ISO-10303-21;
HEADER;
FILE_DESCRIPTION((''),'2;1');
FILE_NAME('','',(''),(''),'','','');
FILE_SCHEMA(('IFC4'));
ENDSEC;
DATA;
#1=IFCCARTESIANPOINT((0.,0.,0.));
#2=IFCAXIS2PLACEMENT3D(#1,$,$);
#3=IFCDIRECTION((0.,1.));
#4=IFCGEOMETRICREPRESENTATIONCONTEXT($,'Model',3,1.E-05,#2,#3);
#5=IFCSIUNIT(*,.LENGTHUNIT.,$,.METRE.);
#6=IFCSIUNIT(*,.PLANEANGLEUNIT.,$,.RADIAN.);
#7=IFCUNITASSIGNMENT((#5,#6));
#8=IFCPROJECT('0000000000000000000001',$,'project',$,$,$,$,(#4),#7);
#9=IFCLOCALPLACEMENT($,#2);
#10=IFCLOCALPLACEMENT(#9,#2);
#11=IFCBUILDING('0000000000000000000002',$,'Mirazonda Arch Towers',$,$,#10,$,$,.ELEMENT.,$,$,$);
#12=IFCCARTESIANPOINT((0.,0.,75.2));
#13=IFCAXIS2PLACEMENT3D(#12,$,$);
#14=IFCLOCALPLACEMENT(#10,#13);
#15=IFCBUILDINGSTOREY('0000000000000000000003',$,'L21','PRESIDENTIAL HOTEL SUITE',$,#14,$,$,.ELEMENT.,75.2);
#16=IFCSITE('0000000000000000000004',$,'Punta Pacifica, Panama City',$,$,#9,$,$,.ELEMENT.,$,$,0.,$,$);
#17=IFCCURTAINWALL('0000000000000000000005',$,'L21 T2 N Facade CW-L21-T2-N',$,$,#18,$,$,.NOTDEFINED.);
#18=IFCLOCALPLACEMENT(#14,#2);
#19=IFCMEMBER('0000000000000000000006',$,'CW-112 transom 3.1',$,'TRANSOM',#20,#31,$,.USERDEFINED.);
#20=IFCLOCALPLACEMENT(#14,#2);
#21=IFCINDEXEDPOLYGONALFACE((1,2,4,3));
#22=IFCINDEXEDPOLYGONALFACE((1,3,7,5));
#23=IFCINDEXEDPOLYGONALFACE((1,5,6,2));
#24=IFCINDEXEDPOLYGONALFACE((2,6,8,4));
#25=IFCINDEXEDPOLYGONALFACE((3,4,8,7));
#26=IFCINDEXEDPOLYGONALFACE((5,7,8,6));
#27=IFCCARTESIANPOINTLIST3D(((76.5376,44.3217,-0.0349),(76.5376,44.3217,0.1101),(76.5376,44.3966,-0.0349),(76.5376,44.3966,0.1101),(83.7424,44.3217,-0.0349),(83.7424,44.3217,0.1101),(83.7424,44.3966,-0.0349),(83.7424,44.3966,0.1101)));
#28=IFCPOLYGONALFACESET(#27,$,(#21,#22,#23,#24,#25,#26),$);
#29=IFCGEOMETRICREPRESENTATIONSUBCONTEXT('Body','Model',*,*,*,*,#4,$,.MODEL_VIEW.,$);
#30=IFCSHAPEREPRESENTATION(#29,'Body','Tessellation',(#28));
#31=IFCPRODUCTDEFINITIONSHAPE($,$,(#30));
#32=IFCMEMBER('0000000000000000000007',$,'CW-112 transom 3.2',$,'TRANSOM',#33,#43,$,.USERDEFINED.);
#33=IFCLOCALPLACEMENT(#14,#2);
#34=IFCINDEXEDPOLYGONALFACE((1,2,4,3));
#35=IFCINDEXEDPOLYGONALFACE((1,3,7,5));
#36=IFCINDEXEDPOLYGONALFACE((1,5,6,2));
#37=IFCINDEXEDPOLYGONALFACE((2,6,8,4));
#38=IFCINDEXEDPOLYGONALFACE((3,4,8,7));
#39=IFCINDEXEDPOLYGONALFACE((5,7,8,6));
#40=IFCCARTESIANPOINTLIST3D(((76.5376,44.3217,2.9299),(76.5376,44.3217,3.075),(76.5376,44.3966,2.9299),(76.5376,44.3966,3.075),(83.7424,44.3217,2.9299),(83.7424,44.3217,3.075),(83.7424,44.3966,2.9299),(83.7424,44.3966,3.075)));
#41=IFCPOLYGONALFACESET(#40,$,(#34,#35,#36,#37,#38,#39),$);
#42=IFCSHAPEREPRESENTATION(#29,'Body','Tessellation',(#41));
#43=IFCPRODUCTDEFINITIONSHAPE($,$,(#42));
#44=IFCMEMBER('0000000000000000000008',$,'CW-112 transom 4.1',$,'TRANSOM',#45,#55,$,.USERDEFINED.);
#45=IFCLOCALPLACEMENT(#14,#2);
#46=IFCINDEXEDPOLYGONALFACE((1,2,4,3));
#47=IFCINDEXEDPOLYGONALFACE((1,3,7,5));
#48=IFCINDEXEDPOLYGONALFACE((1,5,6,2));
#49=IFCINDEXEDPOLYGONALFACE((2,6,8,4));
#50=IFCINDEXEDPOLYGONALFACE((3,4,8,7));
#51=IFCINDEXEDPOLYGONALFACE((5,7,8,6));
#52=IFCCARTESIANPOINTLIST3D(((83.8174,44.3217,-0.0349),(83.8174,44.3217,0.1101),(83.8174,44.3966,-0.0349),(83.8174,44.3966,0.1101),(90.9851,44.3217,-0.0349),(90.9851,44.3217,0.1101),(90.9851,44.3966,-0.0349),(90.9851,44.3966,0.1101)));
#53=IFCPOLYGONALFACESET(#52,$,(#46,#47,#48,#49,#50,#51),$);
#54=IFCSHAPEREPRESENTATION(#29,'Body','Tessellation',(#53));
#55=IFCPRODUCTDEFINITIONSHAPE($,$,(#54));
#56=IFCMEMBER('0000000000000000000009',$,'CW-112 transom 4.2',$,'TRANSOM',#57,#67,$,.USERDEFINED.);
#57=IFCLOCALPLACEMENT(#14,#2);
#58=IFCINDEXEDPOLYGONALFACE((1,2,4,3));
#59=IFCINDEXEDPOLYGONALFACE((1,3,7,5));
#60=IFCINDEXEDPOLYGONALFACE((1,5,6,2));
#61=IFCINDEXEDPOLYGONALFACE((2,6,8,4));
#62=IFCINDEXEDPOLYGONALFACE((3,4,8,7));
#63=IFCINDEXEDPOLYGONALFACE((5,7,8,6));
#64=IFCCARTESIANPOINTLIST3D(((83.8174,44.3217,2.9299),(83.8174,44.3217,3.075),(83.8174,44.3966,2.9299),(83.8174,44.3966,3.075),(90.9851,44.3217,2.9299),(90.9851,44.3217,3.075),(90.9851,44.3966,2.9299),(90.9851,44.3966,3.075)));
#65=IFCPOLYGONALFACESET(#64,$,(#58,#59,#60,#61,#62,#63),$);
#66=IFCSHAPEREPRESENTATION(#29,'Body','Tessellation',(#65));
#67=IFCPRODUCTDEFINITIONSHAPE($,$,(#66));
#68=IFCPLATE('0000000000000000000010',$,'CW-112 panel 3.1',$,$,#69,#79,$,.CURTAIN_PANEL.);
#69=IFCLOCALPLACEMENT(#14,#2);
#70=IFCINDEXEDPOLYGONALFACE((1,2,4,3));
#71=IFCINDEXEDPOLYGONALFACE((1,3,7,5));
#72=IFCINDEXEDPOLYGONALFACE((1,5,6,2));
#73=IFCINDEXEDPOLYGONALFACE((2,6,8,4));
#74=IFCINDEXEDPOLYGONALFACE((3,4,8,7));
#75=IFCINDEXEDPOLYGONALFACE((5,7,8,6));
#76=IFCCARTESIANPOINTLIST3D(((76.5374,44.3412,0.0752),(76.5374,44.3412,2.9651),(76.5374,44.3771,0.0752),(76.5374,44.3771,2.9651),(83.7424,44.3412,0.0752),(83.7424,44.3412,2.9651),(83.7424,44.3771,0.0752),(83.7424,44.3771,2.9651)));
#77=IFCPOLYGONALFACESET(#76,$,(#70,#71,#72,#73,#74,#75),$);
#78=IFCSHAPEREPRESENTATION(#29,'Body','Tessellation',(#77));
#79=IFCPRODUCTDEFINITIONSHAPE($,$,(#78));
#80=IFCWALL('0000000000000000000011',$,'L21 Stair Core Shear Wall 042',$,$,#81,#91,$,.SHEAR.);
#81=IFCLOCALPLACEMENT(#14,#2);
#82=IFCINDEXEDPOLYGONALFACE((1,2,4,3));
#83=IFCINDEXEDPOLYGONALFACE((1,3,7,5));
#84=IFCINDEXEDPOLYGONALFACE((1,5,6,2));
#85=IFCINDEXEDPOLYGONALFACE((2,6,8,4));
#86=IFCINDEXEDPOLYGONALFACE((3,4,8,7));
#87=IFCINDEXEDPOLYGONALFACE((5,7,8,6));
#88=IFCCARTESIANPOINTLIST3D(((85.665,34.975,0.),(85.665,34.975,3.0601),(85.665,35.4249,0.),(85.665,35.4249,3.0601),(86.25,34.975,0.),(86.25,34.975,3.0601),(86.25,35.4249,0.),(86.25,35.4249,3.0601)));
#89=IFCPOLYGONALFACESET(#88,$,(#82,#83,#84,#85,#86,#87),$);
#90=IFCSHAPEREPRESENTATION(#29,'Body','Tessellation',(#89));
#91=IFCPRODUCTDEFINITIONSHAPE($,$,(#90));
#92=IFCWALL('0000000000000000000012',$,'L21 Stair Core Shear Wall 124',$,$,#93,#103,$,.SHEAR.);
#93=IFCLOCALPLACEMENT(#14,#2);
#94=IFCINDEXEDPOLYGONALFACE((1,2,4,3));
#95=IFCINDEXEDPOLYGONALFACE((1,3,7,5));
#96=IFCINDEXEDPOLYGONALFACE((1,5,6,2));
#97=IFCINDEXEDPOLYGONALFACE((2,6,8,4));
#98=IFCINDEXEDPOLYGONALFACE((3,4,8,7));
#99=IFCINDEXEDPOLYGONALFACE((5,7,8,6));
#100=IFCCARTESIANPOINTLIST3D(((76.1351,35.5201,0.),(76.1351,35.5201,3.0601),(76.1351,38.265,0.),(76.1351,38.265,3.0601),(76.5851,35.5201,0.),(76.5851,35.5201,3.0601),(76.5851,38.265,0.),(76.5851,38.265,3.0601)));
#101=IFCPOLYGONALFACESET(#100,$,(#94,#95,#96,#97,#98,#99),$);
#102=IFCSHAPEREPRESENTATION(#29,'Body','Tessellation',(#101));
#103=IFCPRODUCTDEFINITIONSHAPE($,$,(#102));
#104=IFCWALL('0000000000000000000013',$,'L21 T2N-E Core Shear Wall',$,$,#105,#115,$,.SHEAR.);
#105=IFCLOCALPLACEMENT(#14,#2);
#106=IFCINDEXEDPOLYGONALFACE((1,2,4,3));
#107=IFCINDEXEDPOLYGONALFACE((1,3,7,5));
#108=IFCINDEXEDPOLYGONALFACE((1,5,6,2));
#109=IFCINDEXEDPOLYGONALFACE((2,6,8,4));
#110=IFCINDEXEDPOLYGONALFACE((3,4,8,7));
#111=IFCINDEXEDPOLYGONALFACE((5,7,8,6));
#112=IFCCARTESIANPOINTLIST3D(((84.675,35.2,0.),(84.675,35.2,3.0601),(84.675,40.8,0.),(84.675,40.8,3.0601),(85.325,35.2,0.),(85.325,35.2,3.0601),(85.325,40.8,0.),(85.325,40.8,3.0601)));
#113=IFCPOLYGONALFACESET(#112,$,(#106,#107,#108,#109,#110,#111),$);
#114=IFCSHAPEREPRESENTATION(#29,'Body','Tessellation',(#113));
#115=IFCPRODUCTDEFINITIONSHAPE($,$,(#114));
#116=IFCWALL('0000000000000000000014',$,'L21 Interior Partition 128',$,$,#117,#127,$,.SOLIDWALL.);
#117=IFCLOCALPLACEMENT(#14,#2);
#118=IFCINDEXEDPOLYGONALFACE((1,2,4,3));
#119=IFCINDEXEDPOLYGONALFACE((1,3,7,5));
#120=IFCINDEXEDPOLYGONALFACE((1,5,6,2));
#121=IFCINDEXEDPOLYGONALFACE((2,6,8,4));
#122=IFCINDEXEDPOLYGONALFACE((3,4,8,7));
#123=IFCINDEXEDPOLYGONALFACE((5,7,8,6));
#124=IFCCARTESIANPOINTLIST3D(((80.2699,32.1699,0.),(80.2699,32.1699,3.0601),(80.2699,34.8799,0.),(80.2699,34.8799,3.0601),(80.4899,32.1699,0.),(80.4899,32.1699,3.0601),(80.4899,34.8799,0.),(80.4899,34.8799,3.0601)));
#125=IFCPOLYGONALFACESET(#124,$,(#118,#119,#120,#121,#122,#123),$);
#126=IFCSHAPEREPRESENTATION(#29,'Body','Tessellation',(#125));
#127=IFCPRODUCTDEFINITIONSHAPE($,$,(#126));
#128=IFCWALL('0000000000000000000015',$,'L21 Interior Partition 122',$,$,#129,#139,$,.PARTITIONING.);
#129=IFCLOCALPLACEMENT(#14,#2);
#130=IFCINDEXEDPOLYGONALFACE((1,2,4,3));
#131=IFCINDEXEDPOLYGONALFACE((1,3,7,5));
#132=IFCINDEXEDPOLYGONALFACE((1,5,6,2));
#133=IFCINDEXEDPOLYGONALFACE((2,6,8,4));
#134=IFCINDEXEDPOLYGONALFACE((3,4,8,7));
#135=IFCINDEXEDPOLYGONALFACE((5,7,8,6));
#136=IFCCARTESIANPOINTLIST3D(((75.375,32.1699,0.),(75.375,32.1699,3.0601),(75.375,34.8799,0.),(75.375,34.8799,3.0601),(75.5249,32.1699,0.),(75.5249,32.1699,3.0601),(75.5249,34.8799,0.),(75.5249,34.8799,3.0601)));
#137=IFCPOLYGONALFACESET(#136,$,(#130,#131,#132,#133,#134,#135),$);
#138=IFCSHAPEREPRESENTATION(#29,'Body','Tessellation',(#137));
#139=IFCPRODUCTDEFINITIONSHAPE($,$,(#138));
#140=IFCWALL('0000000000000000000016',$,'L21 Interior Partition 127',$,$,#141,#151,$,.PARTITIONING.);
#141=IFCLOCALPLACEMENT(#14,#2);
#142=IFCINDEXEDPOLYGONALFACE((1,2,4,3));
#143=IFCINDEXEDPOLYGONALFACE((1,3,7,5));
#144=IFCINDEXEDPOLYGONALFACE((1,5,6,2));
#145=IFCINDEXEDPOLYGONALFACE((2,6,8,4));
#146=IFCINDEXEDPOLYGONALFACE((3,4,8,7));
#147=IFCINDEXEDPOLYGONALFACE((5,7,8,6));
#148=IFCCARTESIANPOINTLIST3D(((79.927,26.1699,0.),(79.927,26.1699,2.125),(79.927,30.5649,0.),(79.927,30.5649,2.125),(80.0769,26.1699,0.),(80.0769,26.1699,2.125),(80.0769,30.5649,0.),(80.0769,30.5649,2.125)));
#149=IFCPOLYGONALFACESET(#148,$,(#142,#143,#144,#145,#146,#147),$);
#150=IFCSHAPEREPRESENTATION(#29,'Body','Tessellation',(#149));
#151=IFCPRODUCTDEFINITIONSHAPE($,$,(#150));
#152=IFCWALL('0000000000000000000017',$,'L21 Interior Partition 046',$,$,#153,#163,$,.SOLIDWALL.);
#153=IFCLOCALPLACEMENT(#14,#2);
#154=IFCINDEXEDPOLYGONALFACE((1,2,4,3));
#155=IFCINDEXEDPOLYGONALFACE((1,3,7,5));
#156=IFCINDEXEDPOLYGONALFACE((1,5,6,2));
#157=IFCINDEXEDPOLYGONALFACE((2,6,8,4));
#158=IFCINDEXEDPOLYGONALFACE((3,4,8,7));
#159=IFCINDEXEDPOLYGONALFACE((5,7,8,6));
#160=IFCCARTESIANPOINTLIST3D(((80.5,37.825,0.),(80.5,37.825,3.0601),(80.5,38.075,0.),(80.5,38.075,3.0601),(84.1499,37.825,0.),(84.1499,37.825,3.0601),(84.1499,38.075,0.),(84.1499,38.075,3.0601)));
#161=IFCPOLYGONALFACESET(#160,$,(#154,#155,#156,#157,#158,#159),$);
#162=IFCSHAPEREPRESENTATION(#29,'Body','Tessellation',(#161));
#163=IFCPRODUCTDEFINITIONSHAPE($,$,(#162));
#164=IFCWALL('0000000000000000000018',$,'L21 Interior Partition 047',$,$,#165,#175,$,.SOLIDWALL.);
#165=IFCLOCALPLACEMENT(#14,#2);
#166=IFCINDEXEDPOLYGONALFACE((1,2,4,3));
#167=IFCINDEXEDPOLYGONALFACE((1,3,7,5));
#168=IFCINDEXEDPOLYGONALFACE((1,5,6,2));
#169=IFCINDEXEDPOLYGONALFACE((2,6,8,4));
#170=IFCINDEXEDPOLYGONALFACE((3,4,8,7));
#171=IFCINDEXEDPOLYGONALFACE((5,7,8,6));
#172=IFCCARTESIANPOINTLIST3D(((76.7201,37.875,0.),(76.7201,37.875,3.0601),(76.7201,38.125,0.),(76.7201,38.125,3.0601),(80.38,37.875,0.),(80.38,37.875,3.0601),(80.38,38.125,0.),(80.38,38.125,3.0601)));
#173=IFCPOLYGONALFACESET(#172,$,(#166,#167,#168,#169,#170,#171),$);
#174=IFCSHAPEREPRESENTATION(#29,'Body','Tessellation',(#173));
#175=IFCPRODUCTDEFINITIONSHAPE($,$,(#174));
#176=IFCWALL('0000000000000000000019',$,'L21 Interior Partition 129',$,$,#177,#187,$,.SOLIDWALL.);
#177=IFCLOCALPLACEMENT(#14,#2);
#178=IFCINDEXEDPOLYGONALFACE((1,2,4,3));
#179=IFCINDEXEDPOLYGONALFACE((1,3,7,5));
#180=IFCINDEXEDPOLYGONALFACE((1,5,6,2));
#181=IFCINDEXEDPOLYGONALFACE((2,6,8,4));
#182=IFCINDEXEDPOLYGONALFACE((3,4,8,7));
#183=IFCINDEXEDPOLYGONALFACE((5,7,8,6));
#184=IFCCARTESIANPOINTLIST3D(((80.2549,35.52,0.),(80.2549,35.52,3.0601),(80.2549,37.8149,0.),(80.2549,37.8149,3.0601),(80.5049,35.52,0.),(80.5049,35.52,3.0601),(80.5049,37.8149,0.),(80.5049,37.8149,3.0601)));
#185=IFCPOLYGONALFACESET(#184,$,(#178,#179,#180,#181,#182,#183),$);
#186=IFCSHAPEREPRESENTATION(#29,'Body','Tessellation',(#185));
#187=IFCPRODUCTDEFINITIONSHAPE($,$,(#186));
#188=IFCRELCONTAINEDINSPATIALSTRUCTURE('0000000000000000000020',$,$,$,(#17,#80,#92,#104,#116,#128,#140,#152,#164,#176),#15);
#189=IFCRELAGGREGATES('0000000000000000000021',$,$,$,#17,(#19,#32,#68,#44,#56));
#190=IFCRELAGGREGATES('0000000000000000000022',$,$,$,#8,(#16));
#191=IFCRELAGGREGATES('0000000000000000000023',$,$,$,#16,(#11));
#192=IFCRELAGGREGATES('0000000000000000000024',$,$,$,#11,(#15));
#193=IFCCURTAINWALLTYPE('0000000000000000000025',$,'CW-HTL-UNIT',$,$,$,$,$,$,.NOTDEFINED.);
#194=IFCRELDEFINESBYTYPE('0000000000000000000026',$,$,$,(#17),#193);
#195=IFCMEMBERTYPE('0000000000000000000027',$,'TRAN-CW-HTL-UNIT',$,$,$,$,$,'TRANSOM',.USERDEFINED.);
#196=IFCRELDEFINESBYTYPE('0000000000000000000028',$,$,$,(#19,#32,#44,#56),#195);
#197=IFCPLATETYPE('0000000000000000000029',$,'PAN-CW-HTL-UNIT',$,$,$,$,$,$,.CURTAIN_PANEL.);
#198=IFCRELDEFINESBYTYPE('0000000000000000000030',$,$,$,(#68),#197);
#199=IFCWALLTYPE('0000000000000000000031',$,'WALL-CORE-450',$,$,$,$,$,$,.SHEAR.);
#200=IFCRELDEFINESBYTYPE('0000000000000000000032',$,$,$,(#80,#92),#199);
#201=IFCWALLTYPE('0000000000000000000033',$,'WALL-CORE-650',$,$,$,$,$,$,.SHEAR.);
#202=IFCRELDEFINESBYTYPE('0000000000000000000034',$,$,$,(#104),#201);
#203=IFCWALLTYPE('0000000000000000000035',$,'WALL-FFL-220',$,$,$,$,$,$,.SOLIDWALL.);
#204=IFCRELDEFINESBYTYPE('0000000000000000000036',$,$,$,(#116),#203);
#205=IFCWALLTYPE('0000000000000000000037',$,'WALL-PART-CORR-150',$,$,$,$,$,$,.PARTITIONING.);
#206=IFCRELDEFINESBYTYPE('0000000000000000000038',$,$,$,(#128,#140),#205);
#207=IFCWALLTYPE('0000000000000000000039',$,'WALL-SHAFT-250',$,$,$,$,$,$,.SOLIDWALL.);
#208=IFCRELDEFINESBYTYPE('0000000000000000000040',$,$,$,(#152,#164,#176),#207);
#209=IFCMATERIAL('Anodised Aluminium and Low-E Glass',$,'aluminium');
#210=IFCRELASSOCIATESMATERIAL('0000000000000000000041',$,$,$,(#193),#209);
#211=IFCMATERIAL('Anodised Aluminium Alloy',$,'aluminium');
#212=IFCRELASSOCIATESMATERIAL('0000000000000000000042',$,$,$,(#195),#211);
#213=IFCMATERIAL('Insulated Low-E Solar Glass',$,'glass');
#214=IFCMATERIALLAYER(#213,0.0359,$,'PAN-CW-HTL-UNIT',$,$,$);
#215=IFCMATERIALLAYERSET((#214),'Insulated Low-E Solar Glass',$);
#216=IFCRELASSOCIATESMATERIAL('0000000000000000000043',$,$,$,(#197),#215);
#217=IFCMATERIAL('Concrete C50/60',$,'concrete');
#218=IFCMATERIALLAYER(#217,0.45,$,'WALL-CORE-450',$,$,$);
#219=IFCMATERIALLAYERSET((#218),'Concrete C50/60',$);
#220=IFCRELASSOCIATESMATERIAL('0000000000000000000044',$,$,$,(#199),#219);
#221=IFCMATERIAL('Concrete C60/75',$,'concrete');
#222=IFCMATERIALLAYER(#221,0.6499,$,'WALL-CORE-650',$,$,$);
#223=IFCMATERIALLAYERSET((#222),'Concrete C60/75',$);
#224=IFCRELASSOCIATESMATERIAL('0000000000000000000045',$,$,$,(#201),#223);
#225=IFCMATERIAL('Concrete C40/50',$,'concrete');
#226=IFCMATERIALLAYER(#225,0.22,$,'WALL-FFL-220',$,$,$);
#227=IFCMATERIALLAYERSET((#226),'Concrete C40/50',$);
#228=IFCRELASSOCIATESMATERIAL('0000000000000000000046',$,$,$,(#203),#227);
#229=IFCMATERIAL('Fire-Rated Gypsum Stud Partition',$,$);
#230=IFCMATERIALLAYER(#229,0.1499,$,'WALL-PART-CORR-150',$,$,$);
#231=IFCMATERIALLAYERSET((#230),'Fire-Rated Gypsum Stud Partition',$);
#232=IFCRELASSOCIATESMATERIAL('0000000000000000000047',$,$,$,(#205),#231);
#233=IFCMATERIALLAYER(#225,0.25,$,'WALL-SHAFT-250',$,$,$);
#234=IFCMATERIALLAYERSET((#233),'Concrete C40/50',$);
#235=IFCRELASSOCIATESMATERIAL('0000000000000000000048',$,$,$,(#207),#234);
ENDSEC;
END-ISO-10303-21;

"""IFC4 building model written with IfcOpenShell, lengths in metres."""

from ifc_helpers import new_model, si_unit, direction, frame, frame_2d, origin, origin_2d, place, context, subcontext, project, spatial, rectangle, extrude, material, layer, layer_set, material_profile, profile_set, type_object, element, aggregate, save


model = new_model("IFC4")

# Units and contexts
model_context = context("Model", 3, precision=1e-05, world=origin(), true_north=direction((0.0, 1.0)))
body_context = subcontext(model_context, "Body", "Model", "MODEL_VIEW")
ifc_project = project(units=[si_unit("LENGTHUNIT", "METRE"), si_unit("PLANEANGLEUNIT", "RADIAN")], contexts=[model_context])

# Site, building, storey
site_placement = place(None, origin())
site = spatial("IfcSite", under=ifc_project, at=site_placement, Name="Punta Pacifica, Panama City", CompositionType="ELEMENT", RefElevation=0.0)
building_placement = place(site_placement, origin())
building = spatial("IfcBuilding", under=site, at=building_placement, Name="Mirazonda Arch Towers", CompositionType="ELEMENT")
storey_placement = place(building_placement, frame((0.0, 0.0, 75.2)))
storey = spatial("IfcBuildingStorey", under=building, at=storey_placement, Name="L21", Description="PRESIDENTIAL HOTEL SUITE", CompositionType="ELEMENT", Elevation=75.2)

# Shared definitions
ifc_material_1 = material(Name="Concrete C60/75", Category="concrete")

# Curtain wall, members, plate
ifc_material_2 = material(Name="Anodised Aluminium and Low-E Glass", Category="aluminium")
curtain_wall_type = type_object("IfcCurtainWallType", Name="CW-HTL-UNIT", PredefinedType="NOTDEFINED", material=ifc_material_2)
curtain_wall_placement = place(storey_placement, origin())
curtain_wall = element("IfcCurtainWall", 1, at=curtain_wall_placement, inside=storey, type_object=curtain_wall_type, Name="L21 T2 N Facade CW-L21-T2-N", PredefinedType="NOTDEFINED")
ifc_material_3 = material(Name="Anodised Aluminium Alloy", Category="aluminium")
ifc_material_profile_1 = material_profile(ifc_material_3, rectangle(XDim=0.075, YDim=0.145, at=origin_2d()), Name="ALU-TRAN-75x145")
ifc_profile_set_1 = profile_set([ifc_material_profile_1], Name="Anodised Aluminium Alloy")
member_type_1 = type_object("IfcMemberType", Name="TRAN-CW-HTL-UNIT", ElementType="TRANSOM", PredefinedType="USERDEFINED", material=ifc_profile_set_1)
member_1_placement = place(storey_placement, frame((76.5376, 44.3591, 0.0376), z_axis=(1.0, 0.0, 0.0), x_axis=(0.0, 1.0, 0.0)))
member_1 = element("IfcMember", 2, at=member_1_placement, type_object=member_type_1, Name="CW-112 transom 3.1", ObjectType="TRANSOM", PredefinedType="USERDEFINED", context=body_context, shape_type="SweptSolid", body=[
    extrude(rectangle(XDim=0.075, YDim=0.145, at=origin_2d()), origin(), (0.0, 0.0, 1.0), 7.2048),
])
member_2_placement = place(storey_placement, frame((76.5376, 44.3591, 3.0024), z_axis=(1.0, 0.0, 0.0), x_axis=(0.0, 1.0, 0.0)))
member_2 = element("IfcMember", 3, at=member_2_placement, type_object=member_type_1, Name="CW-112 transom 3.2", ObjectType="TRANSOM", PredefinedType="USERDEFINED", context=body_context, shape_type="SweptSolid", body=[
    extrude(rectangle(XDim=0.075, YDim=0.145, at=origin_2d()), origin(), (0.0, 0.0, 1.0), 7.2048),
])
member_3_placement = place(storey_placement, frame((83.8174, 44.3591, 0.0376), z_axis=(1.0, 0.0, 0.0), x_axis=(0.0, 1.0, 0.0)))
member_3 = element("IfcMember", 4, at=member_3_placement, type_object=member_type_1, Name="CW-112 transom 4.1", ObjectType="TRANSOM", PredefinedType="USERDEFINED", context=body_context, shape_type="SweptSolid", body=[
    extrude(rectangle(XDim=0.075, YDim=0.145, at=origin_2d()), origin(), (0.0, 0.0, 1.0), 7.1677),
])
member_4_placement = place(storey_placement, frame((83.8174, 44.3591, 3.0024), z_axis=(1.0, 0.0, 0.0), x_axis=(0.0, 1.0, 0.0)))
member_4 = element("IfcMember", 5, at=member_4_placement, type_object=member_type_1, Name="CW-112 transom 4.2", ObjectType="TRANSOM", PredefinedType="USERDEFINED", context=body_context, shape_type="SweptSolid", body=[
    extrude(rectangle(XDim=0.075, YDim=0.145, at=origin_2d()), origin(), (0.0, 0.0, 1.0), 7.1677),
])
ifc_material_4 = material(Name="Insulated Low-E Solar Glass", Category="glass")
ifc_layer_1 = layer(ifc_material_4, 0.0359, Name="PAN-CW-HTL-UNIT")
ifc_layer_set_1 = layer_set([ifc_layer_1], Name="Insulated Low-E Solar Glass")
plate_type = type_object("IfcPlateType", Name="PAN-CW-HTL-UNIT", PredefinedType="CURTAIN_PANEL", material=ifc_layer_set_1)
plate_placement = place(storey_placement, frame((80.1399, 44.3591, 0.0752), z_axis=(0.0, 0.0, 1.0), x_axis=(1.0, 0.0, 0.0)))
plate = element("IfcPlate", 6, at=plate_placement, type_object=plate_type, Name="CW-112 panel 3.1", PredefinedType="CURTAIN_PANEL", context=body_context, shape_type="SweptSolid", body=[
    extrude(rectangle(XDim=7.2051, YDim=0.0359, at=origin_2d()), origin(), (0.0, 0.0, 1.0), 2.8899),
])
aggregate(curtain_wall, [member_1, member_2, plate, member_3, member_4])

# Walls
ifc_material_5 = material(Name="Concrete C50/60", Category="concrete")
ifc_layer_2 = layer(ifc_material_5, 0.45, Name="WALL-CORE-450")
ifc_layer_set_2 = layer_set([ifc_layer_2], Name="Concrete C50/60")
wall_type_1 = type_object("IfcWallType", Name="WALL-CORE-450", PredefinedType="SHEAR", material=ifc_layer_set_2)
wall_1_placement = place(storey_placement, frame((85.665, 35.2, 0.0), z_axis=(0.0, 0.0, 1.0), x_axis=(1.0, 0.0, 0.0)))
element("IfcWall", 7, at=wall_1_placement, inside=storey, type_object=wall_type_1, Name="L21 Stair Core Shear Wall 042", PredefinedType="SHEAR", context=body_context, shape_type="SweptSolid", body=[
    extrude(rectangle(XDim=0.585, YDim=0.45, at=frame_2d((0.2925, 0.0))), origin(), (0.0, 0.0, 1.0), 3.0601),
])
wall_2_placement = place(storey_placement, frame((76.3601, 35.52, 0.0), z_axis=(0.0, 0.0, 1.0), x_axis=(0.0, 1.0, 0.0)))
element("IfcWall", 8, at=wall_2_placement, inside=storey, type_object=wall_type_1, Name="L21 Stair Core Shear Wall 124", PredefinedType="SHEAR", context=body_context, shape_type="SweptSolid", body=[
    extrude(rectangle(XDim=2.7449, YDim=0.45, at=frame_2d((1.3726, 0.0))), origin(), (0.0, 0.0, 1.0), 3.0601),
])
ifc_layer_3 = layer(ifc_material_1, 0.6499, Name="WALL-CORE-650")
ifc_layer_set_3 = layer_set([ifc_layer_3], Name="Concrete C60/75")
wall_type_2 = type_object("IfcWallType", Name="WALL-CORE-650", PredefinedType="SHEAR", material=ifc_layer_set_3)
wall_3_placement = place(storey_placement, frame((85.0, 35.2, 0.0), z_axis=(0.0, 0.0, 1.0), x_axis=(0.0, 1.0, 0.0)))
element("IfcWall", 9, at=wall_3_placement, inside=storey, type_object=wall_type_2, Name="L21 T2N-E Core Shear Wall", PredefinedType="SHEAR", context=body_context, shape_type="SweptSolid", body=[
    extrude(rectangle(XDim=5.6001, YDim=0.6499, at=frame_2d((2.8, 0.0))), origin(), (0.0, 0.0, 1.0), 3.0601),
])
ifc_material_6 = material(Name="Concrete C40/50", Category="concrete")
ifc_layer_4 = layer(ifc_material_6, 0.22, Name="WALL-FFL-220")
ifc_layer_set_4 = layer_set([ifc_layer_4], Name="Concrete C40/50")
wall_type_3 = type_object("IfcWallType", Name="WALL-FFL-220", PredefinedType="SOLIDWALL", material=ifc_layer_set_4)
wall_4_placement = place(storey_placement, frame((80.3799, 32.1699, 0.0), z_axis=(0.0, 0.0, 1.0), x_axis=(0.0, 1.0, 0.0)))
element("IfcWall", 10, at=wall_4_placement, inside=storey, type_object=wall_type_3, Name="L21 Interior Partition 128", PredefinedType="SOLIDWALL", context=body_context, shape_type="SweptSolid", body=[
    extrude(rectangle(XDim=2.71, YDim=0.22, at=frame_2d((1.355, 0.0))), origin(), (0.0, 0.0, 1.0), 3.0601),
])
ifc_material_7 = material(Name="Fire-Rated Gypsum Stud Partition")
ifc_layer_5 = layer(ifc_material_7, 0.1499, Name="WALL-PART-CORR-150")
ifc_layer_set_5 = layer_set([ifc_layer_5], Name="Fire-Rated Gypsum Stud Partition")
wall_type_4 = type_object("IfcWallType", Name="WALL-PART-CORR-150", PredefinedType="PARTITIONING", material=ifc_layer_set_5)
wall_5_placement = place(storey_placement, frame((75.45, 32.1699, 0.0), z_axis=(0.0, 0.0, 1.0), x_axis=(0.0, 1.0, 0.0)))
element("IfcWall", 11, at=wall_5_placement, inside=storey, type_object=wall_type_4, Name="L21 Interior Partition 122", PredefinedType="PARTITIONING", context=body_context, shape_type="SweptSolid", body=[
    extrude(rectangle(XDim=2.71, YDim=0.1499, at=frame_2d((1.355, 0.0))), origin(), (0.0, 0.0, 1.0), 3.0601),
])
wall_6_placement = place(storey_placement, frame((80.002, 26.1699, 0.0), z_axis=(0.0, 0.0, 1.0), x_axis=(0.0, 1.0, 0.0)))
element("IfcWall", 12, at=wall_6_placement, inside=storey, type_object=wall_type_4, Name="L21 Interior Partition 127", PredefinedType="PARTITIONING", context=body_context, shape_type="SweptSolid", body=[
    extrude(rectangle(XDim=4.395, YDim=0.1499, at=frame_2d((2.1975, 0.0))), origin(), (0.0, 0.0, 1.0), 2.125),
])
ifc_layer_6 = layer(ifc_material_6, 0.25, Name="WALL-SHAFT-250")
ifc_layer_set_6 = layer_set([ifc_layer_6], Name="Concrete C40/50")
wall_type_5 = type_object("IfcWallType", Name="WALL-SHAFT-250", PredefinedType="SOLIDWALL", material=ifc_layer_set_6)
wall_7_placement = place(storey_placement, frame((80.5, 37.95, 0.0), z_axis=(0.0, 0.0, 1.0), x_axis=(1.0, 0.0, 0.0)))
element("IfcWall", 13, at=wall_7_placement, inside=storey, type_object=wall_type_5, Name="L21 Interior Partition 046", PredefinedType="SOLIDWALL", context=body_context, shape_type="SweptSolid", body=[
    extrude(rectangle(XDim=3.6499, YDim=0.25, at=frame_2d((1.825, 0.0))), origin(), (0.0, 0.0, 1.0), 3.0601),
])
wall_8_placement = place(storey_placement, frame((76.72, 38.0, 0.0), z_axis=(0.0, 0.0, 1.0), x_axis=(1.0, 0.0, 0.0)))
element("IfcWall", 14, at=wall_8_placement, inside=storey, type_object=wall_type_5, Name="L21 Interior Partition 047", PredefinedType="SOLIDWALL", context=body_context, shape_type="SweptSolid", body=[
    extrude(rectangle(XDim=3.6599, YDim=0.25, at=frame_2d((1.8301, 0.0))), origin(), (0.0, 0.0, 1.0), 3.0601),
])
for number, where, z_axis, x_axis, name in (
    (15, (80.3799, 35.52, 0.0), (0.0, 0.0, 1.0), (0.0, 1.0, 0.0), "L21 Interior Partition 129"),
):
    element("IfcWall", number, at=place(storey_placement, frame(where, z_axis=z_axis, x_axis=x_axis)), inside=storey, type_object=wall_type_5, Name=name, PredefinedType="SOLIDWALL", context=body_context, shape_type="SweptSolid", body=[
        extrude(rectangle(XDim=2.2949, YDim=0.25, at=frame_2d((1.1475, 0.0))), origin(), (0.0, 0.0, 1.0), 3.0601),
    ])

save(model, "model.ifc")
